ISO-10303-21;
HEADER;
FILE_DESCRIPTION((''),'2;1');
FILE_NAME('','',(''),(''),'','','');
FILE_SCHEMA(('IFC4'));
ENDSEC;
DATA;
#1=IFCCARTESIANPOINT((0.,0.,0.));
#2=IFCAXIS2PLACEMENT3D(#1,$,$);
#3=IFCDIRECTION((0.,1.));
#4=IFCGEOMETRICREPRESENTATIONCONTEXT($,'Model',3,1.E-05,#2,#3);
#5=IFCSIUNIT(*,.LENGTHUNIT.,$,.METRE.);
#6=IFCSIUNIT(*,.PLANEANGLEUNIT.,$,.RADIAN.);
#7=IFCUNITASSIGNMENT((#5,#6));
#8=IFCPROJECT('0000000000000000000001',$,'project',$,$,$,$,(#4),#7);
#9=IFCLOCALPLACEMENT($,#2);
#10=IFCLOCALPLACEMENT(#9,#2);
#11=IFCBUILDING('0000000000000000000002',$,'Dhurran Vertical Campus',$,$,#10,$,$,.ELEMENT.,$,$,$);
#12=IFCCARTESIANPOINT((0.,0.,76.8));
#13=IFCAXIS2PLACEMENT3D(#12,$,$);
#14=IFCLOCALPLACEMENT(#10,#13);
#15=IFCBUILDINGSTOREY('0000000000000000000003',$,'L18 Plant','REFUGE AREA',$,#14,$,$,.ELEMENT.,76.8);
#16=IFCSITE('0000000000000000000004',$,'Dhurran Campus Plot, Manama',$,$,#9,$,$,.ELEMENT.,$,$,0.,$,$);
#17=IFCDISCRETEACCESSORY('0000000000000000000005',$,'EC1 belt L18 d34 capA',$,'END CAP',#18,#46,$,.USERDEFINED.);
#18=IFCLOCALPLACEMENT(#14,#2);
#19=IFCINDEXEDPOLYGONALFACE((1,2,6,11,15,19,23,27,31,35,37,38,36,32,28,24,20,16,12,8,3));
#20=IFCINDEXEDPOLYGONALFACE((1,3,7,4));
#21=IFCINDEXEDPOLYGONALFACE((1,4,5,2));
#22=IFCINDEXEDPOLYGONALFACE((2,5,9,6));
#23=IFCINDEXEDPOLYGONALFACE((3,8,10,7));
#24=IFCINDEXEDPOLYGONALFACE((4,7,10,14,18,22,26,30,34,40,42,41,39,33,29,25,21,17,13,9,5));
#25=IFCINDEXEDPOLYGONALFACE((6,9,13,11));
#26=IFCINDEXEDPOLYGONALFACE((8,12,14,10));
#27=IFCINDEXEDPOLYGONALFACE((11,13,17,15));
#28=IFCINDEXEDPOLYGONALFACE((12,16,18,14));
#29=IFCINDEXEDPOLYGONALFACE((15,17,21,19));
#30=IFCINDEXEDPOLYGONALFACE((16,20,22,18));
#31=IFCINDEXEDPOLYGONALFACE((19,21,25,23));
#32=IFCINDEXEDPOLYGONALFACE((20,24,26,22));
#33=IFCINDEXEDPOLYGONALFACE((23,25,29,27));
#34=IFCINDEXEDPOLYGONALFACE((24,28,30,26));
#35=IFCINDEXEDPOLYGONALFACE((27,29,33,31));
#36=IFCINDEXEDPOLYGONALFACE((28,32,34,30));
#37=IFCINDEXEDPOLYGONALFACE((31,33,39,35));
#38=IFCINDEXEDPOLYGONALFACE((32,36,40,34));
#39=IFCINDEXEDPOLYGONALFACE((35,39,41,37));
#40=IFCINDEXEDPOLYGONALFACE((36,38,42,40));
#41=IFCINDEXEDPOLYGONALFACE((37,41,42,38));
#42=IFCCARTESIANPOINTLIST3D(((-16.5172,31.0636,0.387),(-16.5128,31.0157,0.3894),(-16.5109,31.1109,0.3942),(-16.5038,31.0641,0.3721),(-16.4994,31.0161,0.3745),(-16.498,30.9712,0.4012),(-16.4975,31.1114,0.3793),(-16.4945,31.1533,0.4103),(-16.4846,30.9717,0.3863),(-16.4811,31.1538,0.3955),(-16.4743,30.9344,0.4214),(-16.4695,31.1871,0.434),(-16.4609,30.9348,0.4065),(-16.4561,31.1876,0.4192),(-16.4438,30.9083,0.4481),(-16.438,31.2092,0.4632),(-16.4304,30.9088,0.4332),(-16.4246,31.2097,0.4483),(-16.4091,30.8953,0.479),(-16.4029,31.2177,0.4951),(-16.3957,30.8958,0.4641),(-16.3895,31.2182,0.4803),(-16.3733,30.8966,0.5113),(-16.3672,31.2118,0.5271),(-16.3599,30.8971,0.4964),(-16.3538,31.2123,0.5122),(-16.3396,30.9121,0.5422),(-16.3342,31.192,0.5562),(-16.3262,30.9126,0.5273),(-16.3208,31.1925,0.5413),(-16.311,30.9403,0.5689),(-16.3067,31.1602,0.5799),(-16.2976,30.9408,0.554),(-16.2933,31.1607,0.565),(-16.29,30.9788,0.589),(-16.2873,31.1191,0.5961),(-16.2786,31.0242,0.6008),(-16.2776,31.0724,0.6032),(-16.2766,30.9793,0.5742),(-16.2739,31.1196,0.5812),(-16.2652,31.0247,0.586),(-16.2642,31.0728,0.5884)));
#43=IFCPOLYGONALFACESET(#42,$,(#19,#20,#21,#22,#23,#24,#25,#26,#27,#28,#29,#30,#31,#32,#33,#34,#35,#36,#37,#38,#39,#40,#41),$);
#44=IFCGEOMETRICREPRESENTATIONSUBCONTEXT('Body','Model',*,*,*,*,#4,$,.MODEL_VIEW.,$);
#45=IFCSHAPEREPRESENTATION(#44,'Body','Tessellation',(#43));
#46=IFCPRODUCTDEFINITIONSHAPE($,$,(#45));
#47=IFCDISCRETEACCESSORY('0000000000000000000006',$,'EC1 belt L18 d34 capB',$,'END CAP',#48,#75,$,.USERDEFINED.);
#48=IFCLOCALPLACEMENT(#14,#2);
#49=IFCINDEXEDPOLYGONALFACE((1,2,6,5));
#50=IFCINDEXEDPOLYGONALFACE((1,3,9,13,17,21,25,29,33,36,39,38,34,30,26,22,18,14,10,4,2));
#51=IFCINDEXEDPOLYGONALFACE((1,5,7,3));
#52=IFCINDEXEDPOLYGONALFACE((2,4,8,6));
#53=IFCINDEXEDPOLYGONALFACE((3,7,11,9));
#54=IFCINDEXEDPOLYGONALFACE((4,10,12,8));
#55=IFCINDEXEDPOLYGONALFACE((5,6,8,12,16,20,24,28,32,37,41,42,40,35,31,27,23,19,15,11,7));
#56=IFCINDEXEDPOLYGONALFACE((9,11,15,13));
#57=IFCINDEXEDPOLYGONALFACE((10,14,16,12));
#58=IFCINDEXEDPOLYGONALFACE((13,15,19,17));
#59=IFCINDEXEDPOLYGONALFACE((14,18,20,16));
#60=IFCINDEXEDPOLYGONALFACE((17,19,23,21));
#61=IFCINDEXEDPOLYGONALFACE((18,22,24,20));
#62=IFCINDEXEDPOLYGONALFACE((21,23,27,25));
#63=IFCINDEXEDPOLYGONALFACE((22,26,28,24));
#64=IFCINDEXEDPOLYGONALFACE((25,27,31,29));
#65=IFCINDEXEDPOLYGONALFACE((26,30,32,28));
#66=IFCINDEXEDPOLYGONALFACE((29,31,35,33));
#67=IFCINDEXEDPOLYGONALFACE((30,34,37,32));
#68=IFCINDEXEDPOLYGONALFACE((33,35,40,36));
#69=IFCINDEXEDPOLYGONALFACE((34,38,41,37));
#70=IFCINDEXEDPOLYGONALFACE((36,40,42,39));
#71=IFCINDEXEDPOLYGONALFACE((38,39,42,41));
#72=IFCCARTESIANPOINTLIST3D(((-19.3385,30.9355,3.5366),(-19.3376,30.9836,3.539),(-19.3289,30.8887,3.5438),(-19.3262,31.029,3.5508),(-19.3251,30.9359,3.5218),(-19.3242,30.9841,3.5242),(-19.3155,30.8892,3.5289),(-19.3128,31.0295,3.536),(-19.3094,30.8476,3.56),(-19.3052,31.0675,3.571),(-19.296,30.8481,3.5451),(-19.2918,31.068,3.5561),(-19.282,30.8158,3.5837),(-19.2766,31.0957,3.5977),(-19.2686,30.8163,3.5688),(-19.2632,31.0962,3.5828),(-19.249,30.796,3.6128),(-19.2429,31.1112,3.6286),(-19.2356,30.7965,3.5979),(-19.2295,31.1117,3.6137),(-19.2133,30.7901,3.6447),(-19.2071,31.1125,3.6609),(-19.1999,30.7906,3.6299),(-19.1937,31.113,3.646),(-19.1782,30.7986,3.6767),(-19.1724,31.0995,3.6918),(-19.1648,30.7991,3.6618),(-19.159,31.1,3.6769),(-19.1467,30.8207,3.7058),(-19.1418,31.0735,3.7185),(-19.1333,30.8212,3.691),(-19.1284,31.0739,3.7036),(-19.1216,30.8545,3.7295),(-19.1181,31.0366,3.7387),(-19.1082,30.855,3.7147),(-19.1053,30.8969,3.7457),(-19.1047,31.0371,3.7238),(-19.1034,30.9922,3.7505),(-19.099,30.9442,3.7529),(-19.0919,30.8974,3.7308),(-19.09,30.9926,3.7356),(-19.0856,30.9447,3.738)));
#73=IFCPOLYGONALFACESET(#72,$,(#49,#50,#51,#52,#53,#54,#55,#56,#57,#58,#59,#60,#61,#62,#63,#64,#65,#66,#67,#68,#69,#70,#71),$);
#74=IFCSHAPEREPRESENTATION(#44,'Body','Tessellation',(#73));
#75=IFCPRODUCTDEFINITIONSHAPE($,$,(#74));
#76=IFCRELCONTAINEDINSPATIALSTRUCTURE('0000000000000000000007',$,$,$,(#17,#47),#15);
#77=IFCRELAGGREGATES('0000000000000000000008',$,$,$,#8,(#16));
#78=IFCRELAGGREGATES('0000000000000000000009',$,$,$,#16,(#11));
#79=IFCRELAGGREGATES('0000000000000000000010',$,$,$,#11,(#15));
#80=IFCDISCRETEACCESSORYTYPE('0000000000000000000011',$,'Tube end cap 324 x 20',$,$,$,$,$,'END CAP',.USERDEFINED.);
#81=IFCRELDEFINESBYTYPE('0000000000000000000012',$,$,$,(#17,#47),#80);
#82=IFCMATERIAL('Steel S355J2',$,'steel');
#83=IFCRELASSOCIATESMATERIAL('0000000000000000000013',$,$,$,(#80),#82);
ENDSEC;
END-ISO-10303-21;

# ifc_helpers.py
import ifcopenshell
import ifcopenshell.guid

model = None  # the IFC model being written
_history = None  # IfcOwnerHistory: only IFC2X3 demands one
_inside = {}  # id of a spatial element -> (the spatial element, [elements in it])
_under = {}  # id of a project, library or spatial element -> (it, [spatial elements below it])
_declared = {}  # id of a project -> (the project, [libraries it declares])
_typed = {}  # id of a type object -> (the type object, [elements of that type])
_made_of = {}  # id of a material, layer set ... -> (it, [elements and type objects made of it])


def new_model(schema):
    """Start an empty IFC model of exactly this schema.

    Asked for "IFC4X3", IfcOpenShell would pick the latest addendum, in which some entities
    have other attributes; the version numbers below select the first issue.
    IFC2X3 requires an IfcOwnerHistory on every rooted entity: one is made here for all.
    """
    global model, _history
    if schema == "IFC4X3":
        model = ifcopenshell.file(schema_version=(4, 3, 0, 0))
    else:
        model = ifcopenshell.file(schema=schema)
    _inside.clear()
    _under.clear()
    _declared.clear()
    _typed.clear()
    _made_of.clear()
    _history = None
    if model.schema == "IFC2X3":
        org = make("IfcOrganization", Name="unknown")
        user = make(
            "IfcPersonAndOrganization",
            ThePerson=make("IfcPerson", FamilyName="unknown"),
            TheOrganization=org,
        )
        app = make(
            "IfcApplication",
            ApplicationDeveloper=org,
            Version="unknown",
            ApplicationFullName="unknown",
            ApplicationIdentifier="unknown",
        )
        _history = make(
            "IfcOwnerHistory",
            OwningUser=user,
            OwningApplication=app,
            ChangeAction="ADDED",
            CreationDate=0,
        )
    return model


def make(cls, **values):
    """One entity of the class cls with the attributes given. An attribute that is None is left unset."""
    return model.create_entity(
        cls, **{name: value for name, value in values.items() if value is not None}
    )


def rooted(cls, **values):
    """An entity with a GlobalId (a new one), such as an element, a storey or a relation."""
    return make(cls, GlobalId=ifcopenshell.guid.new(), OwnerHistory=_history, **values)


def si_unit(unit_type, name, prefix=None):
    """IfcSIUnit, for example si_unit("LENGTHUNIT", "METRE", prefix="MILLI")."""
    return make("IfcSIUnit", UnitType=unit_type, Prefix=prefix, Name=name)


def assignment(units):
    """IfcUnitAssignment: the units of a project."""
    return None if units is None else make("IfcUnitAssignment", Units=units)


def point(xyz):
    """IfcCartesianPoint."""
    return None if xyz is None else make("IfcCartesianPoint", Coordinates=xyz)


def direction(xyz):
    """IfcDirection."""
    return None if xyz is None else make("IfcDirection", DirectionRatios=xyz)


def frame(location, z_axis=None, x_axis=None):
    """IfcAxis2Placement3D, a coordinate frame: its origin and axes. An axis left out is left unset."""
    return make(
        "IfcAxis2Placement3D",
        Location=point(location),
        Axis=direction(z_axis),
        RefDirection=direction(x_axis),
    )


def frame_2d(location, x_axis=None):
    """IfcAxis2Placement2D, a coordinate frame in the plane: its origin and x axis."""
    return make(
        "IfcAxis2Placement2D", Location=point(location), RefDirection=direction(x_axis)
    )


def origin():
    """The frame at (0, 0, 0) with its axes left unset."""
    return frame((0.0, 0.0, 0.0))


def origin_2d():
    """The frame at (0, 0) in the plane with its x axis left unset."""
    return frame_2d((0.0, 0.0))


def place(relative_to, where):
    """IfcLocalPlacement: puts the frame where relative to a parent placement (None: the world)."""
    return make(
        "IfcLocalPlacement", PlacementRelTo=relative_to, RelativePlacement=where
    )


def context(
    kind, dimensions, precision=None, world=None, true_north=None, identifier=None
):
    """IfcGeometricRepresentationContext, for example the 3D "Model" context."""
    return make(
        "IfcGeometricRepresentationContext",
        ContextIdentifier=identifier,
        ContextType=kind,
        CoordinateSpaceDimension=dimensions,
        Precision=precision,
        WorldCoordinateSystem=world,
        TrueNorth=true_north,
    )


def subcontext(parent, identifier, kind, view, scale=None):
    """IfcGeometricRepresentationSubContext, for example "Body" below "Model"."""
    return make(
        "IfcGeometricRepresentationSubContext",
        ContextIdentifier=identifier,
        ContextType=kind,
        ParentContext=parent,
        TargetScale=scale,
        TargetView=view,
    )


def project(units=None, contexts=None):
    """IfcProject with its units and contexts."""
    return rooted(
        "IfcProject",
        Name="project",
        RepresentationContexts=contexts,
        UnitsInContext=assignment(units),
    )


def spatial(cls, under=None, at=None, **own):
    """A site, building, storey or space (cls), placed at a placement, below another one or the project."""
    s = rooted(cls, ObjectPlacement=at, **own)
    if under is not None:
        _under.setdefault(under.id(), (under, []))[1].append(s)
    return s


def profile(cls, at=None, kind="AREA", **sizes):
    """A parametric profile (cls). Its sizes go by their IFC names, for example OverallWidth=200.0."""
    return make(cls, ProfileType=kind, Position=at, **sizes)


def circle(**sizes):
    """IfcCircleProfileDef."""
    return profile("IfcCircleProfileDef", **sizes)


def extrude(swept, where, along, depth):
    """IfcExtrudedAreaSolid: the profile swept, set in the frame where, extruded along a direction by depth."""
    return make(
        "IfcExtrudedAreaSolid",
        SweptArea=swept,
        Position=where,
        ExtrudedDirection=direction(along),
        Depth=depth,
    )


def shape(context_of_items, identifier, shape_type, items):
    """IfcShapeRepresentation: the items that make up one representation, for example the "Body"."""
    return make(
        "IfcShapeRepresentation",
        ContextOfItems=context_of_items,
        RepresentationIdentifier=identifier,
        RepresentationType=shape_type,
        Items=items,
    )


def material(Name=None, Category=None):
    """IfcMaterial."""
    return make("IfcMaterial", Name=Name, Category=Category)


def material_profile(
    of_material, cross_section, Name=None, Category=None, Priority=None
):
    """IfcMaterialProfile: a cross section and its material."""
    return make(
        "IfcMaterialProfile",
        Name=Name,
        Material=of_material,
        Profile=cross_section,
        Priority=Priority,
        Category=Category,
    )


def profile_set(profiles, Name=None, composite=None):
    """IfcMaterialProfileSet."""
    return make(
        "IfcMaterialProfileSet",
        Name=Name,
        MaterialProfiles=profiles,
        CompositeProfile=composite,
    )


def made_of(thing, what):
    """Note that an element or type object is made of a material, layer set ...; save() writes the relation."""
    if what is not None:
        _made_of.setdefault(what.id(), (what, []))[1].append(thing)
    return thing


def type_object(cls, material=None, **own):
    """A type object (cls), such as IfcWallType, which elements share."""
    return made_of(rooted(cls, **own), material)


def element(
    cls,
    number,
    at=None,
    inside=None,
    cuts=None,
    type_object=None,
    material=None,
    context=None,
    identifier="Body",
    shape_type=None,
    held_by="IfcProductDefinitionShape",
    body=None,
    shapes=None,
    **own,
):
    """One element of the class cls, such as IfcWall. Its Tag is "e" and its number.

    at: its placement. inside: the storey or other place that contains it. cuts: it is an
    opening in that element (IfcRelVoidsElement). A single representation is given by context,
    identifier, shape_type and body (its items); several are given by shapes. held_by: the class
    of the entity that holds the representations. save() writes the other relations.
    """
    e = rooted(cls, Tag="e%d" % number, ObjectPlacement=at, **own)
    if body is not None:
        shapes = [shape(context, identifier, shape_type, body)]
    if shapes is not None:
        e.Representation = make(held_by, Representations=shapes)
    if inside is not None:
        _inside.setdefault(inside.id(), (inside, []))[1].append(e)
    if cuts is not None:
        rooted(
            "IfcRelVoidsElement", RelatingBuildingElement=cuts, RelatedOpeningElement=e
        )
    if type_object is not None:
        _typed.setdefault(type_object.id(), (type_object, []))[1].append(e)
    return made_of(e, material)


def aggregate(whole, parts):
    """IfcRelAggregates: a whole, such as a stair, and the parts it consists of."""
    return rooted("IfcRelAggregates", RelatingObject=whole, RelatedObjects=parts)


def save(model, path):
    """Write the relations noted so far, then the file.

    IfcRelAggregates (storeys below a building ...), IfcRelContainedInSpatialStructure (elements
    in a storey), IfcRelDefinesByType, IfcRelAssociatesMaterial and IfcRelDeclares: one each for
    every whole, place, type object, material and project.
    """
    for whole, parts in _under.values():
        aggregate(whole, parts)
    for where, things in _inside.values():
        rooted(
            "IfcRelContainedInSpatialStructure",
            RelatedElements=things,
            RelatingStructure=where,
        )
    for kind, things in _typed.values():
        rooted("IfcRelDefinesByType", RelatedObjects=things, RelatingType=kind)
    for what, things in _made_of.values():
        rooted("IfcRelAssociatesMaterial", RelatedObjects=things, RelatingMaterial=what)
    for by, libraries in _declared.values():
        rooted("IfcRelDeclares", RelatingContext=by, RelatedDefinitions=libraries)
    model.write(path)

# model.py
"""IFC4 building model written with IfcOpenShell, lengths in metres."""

from ifc_helpers import new_model, si_unit, direction, frame, origin, origin_2d, place, context, subcontext, project, spatial, circle, extrude, material, material_profile, profile_set, type_object, element, save


model = new_model("IFC4")

# Units and contexts
model_context = context("Model", 3, precision=1e-05, world=origin(), true_north=direction((0.0, 1.0)))
body_context = subcontext(model_context, "Body", "Model", "MODEL_VIEW")
ifc_project = project(units=[si_unit("LENGTHUNIT", "METRE"), si_unit("PLANEANGLEUNIT", "RADIAN")], contexts=[model_context])

# Site, building, storey
site_placement = place(None, origin())
site = spatial("IfcSite", under=ifc_project, at=site_placement, Name="Dhurran Campus Plot, Manama", CompositionType="ELEMENT", RefElevation=0.0)
building_placement = place(site_placement, origin())
building = spatial("IfcBuilding", under=site, at=building_placement, Name="Dhurran Vertical Campus", CompositionType="ELEMENT")
storey_placement = place(building_placement, frame((0.0, 0.0, 76.8)))
storey = spatial("IfcBuildingStorey", under=building, at=storey_placement, Name="L18 Plant", Description="REFUGE AREA", CompositionType="ELEMENT", Elevation=76.8)

# Discrete accessories
ifc_material_1 = material(Name="Steel S355J2", Category="steel")
ifc_material_profile_1 = material_profile(ifc_material_1, circle(Radius=0.1619, at=origin_2d()), Name="Tube end cap 324 x 20")
ifc_profile_set_1 = profile_set([ifc_material_profile_1], Name="Steel S355J2")
discrete_accessory_type = type_object("IfcDiscreteAccessoryType", Name="Tube end cap 324 x 20", ElementType="END CAP", PredefinedType="USERDEFINED", material=ifc_profile_set_1)
for number, where, z_axis, x_axis, name in (
    (1, (-16.397, 31.0559, 0.4951), (0.669439, 0.024343, -0.742468), (-0.03634, 0.999339, 0.0), "EC1 belt L18 d34 capA"),
    (2, (-19.2058, 30.9524, 3.6299), (-0.669439, -0.024343, 0.742468), (0.03634, -0.999339, 0.0), "EC1 belt L18 d34 capB"),
):
    element("IfcDiscreteAccessory", number, at=place(storey_placement, frame(where, z_axis=z_axis, x_axis=x_axis)), inside=storey, type_object=discrete_accessory_type, Name=name, ObjectType="END CAP", PredefinedType="USERDEFINED", context=body_context, shape_type="SweptSolid", body=[
        extrude(circle(Radius=0.1619, at=origin_2d()), origin(), (0.0, 0.0, 1.0), 0.02),
    ])

save(model, "model.ifc")
